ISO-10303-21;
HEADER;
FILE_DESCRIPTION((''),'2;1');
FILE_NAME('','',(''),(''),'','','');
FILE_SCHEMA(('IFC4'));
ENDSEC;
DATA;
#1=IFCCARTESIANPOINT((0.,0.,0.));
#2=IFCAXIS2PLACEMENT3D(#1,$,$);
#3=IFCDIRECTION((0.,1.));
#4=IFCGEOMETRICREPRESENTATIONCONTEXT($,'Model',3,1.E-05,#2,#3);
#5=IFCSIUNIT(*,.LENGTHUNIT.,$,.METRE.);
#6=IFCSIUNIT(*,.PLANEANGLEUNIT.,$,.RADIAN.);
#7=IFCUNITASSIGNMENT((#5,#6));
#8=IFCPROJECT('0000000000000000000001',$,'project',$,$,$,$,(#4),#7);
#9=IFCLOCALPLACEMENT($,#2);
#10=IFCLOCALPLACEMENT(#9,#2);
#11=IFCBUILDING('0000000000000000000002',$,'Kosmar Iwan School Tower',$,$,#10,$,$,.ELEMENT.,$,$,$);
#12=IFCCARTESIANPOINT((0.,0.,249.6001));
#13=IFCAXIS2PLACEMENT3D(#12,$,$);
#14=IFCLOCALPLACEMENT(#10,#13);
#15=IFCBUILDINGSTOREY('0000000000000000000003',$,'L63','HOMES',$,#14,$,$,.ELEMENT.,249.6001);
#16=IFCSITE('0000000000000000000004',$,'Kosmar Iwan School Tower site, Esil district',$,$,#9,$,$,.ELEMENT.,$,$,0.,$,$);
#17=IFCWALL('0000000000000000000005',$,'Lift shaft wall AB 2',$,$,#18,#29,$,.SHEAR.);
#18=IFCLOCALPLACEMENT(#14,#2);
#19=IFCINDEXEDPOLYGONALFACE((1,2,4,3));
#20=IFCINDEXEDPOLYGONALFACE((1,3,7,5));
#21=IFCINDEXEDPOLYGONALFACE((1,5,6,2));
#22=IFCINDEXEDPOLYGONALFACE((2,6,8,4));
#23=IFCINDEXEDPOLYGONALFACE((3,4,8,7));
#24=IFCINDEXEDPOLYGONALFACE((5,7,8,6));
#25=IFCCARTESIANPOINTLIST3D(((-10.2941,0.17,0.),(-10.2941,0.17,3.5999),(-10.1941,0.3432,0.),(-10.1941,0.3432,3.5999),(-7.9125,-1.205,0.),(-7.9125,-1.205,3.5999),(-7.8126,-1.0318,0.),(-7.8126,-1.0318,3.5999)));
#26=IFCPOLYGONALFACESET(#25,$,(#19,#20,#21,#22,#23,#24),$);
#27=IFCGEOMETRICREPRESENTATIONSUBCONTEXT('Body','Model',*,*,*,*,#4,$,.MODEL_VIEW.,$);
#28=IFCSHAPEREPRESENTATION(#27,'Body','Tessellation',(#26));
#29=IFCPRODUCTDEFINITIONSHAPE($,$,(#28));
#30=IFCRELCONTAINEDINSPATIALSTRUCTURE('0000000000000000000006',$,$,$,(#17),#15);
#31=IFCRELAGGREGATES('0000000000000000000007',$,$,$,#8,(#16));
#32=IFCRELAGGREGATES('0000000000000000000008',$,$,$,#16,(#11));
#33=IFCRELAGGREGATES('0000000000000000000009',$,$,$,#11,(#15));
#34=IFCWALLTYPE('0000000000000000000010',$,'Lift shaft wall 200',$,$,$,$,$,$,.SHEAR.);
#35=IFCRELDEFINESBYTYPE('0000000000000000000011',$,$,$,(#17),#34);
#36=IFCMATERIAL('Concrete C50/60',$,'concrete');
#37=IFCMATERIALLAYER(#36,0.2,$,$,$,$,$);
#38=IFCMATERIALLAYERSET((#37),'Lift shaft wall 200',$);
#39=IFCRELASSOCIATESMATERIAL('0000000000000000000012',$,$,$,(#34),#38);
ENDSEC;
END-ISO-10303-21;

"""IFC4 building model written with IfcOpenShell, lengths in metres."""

from ifc_helpers import new_model, si_unit, direction, frame, frame_2d, origin, place, context, subcontext, project, spatial, rectangle, extrude, material, layer, layer_set, type_object, element, save


model = new_model("IFC4")

# Units and contexts
model_context = context("Model", 3, precision=1e-05, world=origin(), true_north=direction((0.0, 1.0)))
body_context = subcontext(model_context, "Body", "Model", "MODEL_VIEW")
ifc_project = project(units=[si_unit("LENGTHUNIT", "METRE"), si_unit("PLANEANGLEUNIT", "RADIAN")], contexts=[model_context])

# Site, building, storey
site_placement = place(None, origin())
site = spatial("IfcSite", under=ifc_project, at=site_placement, Name="Kosmar Iwan School Tower site, Esil district", CompositionType="ELEMENT", RefElevation=0.0)
building_placement = place(site_placement, origin())
building = spatial("IfcBuilding", under=site, at=building_placement, Name="Kosmar Iwan School Tower", CompositionType="ELEMENT")
storey_placement = place(building_placement, frame((0.0, 0.0, 249.6001)))
storey = spatial("IfcBuildingStorey", under=building, at=storey_placement, Name="L63", Description="HOMES", CompositionType="ELEMENT", Elevation=249.6001)

# Wall
ifc_material_1 = material(Name="Concrete C50/60", Category="concrete")
ifc_layer_1 = layer(ifc_material_1, 0.2)
ifc_layer_set_1 = layer_set([ifc_layer_1], Name="Lift shaft wall 200")
wall_type_1 = type_object("IfcWallType", Name="Lift shaft wall 200", PredefinedType="SHEAR", material=ifc_layer_set_1)
wall_1_placement = place(storey_placement, frame((-7.8625, -1.1184, 0.0), z_axis=(0.0, 0.0, 1.0), x_axis=(-0.866027, 0.499997, 0.0)))
element("IfcWall", 1, at=wall_1_placement, inside=storey, type_object=wall_type_1, Name="Lift shaft wall AB 2", PredefinedType="SHEAR", context=body_context, shape_type="SweptSolid", body=[
    extrude(rectangle(XDim=2.75, YDim=0.2, at=frame_2d((1.375, 0.0))), origin(), (0.0, 0.0, 1.0), 3.5999),
])

save(model, "model.ifc")
